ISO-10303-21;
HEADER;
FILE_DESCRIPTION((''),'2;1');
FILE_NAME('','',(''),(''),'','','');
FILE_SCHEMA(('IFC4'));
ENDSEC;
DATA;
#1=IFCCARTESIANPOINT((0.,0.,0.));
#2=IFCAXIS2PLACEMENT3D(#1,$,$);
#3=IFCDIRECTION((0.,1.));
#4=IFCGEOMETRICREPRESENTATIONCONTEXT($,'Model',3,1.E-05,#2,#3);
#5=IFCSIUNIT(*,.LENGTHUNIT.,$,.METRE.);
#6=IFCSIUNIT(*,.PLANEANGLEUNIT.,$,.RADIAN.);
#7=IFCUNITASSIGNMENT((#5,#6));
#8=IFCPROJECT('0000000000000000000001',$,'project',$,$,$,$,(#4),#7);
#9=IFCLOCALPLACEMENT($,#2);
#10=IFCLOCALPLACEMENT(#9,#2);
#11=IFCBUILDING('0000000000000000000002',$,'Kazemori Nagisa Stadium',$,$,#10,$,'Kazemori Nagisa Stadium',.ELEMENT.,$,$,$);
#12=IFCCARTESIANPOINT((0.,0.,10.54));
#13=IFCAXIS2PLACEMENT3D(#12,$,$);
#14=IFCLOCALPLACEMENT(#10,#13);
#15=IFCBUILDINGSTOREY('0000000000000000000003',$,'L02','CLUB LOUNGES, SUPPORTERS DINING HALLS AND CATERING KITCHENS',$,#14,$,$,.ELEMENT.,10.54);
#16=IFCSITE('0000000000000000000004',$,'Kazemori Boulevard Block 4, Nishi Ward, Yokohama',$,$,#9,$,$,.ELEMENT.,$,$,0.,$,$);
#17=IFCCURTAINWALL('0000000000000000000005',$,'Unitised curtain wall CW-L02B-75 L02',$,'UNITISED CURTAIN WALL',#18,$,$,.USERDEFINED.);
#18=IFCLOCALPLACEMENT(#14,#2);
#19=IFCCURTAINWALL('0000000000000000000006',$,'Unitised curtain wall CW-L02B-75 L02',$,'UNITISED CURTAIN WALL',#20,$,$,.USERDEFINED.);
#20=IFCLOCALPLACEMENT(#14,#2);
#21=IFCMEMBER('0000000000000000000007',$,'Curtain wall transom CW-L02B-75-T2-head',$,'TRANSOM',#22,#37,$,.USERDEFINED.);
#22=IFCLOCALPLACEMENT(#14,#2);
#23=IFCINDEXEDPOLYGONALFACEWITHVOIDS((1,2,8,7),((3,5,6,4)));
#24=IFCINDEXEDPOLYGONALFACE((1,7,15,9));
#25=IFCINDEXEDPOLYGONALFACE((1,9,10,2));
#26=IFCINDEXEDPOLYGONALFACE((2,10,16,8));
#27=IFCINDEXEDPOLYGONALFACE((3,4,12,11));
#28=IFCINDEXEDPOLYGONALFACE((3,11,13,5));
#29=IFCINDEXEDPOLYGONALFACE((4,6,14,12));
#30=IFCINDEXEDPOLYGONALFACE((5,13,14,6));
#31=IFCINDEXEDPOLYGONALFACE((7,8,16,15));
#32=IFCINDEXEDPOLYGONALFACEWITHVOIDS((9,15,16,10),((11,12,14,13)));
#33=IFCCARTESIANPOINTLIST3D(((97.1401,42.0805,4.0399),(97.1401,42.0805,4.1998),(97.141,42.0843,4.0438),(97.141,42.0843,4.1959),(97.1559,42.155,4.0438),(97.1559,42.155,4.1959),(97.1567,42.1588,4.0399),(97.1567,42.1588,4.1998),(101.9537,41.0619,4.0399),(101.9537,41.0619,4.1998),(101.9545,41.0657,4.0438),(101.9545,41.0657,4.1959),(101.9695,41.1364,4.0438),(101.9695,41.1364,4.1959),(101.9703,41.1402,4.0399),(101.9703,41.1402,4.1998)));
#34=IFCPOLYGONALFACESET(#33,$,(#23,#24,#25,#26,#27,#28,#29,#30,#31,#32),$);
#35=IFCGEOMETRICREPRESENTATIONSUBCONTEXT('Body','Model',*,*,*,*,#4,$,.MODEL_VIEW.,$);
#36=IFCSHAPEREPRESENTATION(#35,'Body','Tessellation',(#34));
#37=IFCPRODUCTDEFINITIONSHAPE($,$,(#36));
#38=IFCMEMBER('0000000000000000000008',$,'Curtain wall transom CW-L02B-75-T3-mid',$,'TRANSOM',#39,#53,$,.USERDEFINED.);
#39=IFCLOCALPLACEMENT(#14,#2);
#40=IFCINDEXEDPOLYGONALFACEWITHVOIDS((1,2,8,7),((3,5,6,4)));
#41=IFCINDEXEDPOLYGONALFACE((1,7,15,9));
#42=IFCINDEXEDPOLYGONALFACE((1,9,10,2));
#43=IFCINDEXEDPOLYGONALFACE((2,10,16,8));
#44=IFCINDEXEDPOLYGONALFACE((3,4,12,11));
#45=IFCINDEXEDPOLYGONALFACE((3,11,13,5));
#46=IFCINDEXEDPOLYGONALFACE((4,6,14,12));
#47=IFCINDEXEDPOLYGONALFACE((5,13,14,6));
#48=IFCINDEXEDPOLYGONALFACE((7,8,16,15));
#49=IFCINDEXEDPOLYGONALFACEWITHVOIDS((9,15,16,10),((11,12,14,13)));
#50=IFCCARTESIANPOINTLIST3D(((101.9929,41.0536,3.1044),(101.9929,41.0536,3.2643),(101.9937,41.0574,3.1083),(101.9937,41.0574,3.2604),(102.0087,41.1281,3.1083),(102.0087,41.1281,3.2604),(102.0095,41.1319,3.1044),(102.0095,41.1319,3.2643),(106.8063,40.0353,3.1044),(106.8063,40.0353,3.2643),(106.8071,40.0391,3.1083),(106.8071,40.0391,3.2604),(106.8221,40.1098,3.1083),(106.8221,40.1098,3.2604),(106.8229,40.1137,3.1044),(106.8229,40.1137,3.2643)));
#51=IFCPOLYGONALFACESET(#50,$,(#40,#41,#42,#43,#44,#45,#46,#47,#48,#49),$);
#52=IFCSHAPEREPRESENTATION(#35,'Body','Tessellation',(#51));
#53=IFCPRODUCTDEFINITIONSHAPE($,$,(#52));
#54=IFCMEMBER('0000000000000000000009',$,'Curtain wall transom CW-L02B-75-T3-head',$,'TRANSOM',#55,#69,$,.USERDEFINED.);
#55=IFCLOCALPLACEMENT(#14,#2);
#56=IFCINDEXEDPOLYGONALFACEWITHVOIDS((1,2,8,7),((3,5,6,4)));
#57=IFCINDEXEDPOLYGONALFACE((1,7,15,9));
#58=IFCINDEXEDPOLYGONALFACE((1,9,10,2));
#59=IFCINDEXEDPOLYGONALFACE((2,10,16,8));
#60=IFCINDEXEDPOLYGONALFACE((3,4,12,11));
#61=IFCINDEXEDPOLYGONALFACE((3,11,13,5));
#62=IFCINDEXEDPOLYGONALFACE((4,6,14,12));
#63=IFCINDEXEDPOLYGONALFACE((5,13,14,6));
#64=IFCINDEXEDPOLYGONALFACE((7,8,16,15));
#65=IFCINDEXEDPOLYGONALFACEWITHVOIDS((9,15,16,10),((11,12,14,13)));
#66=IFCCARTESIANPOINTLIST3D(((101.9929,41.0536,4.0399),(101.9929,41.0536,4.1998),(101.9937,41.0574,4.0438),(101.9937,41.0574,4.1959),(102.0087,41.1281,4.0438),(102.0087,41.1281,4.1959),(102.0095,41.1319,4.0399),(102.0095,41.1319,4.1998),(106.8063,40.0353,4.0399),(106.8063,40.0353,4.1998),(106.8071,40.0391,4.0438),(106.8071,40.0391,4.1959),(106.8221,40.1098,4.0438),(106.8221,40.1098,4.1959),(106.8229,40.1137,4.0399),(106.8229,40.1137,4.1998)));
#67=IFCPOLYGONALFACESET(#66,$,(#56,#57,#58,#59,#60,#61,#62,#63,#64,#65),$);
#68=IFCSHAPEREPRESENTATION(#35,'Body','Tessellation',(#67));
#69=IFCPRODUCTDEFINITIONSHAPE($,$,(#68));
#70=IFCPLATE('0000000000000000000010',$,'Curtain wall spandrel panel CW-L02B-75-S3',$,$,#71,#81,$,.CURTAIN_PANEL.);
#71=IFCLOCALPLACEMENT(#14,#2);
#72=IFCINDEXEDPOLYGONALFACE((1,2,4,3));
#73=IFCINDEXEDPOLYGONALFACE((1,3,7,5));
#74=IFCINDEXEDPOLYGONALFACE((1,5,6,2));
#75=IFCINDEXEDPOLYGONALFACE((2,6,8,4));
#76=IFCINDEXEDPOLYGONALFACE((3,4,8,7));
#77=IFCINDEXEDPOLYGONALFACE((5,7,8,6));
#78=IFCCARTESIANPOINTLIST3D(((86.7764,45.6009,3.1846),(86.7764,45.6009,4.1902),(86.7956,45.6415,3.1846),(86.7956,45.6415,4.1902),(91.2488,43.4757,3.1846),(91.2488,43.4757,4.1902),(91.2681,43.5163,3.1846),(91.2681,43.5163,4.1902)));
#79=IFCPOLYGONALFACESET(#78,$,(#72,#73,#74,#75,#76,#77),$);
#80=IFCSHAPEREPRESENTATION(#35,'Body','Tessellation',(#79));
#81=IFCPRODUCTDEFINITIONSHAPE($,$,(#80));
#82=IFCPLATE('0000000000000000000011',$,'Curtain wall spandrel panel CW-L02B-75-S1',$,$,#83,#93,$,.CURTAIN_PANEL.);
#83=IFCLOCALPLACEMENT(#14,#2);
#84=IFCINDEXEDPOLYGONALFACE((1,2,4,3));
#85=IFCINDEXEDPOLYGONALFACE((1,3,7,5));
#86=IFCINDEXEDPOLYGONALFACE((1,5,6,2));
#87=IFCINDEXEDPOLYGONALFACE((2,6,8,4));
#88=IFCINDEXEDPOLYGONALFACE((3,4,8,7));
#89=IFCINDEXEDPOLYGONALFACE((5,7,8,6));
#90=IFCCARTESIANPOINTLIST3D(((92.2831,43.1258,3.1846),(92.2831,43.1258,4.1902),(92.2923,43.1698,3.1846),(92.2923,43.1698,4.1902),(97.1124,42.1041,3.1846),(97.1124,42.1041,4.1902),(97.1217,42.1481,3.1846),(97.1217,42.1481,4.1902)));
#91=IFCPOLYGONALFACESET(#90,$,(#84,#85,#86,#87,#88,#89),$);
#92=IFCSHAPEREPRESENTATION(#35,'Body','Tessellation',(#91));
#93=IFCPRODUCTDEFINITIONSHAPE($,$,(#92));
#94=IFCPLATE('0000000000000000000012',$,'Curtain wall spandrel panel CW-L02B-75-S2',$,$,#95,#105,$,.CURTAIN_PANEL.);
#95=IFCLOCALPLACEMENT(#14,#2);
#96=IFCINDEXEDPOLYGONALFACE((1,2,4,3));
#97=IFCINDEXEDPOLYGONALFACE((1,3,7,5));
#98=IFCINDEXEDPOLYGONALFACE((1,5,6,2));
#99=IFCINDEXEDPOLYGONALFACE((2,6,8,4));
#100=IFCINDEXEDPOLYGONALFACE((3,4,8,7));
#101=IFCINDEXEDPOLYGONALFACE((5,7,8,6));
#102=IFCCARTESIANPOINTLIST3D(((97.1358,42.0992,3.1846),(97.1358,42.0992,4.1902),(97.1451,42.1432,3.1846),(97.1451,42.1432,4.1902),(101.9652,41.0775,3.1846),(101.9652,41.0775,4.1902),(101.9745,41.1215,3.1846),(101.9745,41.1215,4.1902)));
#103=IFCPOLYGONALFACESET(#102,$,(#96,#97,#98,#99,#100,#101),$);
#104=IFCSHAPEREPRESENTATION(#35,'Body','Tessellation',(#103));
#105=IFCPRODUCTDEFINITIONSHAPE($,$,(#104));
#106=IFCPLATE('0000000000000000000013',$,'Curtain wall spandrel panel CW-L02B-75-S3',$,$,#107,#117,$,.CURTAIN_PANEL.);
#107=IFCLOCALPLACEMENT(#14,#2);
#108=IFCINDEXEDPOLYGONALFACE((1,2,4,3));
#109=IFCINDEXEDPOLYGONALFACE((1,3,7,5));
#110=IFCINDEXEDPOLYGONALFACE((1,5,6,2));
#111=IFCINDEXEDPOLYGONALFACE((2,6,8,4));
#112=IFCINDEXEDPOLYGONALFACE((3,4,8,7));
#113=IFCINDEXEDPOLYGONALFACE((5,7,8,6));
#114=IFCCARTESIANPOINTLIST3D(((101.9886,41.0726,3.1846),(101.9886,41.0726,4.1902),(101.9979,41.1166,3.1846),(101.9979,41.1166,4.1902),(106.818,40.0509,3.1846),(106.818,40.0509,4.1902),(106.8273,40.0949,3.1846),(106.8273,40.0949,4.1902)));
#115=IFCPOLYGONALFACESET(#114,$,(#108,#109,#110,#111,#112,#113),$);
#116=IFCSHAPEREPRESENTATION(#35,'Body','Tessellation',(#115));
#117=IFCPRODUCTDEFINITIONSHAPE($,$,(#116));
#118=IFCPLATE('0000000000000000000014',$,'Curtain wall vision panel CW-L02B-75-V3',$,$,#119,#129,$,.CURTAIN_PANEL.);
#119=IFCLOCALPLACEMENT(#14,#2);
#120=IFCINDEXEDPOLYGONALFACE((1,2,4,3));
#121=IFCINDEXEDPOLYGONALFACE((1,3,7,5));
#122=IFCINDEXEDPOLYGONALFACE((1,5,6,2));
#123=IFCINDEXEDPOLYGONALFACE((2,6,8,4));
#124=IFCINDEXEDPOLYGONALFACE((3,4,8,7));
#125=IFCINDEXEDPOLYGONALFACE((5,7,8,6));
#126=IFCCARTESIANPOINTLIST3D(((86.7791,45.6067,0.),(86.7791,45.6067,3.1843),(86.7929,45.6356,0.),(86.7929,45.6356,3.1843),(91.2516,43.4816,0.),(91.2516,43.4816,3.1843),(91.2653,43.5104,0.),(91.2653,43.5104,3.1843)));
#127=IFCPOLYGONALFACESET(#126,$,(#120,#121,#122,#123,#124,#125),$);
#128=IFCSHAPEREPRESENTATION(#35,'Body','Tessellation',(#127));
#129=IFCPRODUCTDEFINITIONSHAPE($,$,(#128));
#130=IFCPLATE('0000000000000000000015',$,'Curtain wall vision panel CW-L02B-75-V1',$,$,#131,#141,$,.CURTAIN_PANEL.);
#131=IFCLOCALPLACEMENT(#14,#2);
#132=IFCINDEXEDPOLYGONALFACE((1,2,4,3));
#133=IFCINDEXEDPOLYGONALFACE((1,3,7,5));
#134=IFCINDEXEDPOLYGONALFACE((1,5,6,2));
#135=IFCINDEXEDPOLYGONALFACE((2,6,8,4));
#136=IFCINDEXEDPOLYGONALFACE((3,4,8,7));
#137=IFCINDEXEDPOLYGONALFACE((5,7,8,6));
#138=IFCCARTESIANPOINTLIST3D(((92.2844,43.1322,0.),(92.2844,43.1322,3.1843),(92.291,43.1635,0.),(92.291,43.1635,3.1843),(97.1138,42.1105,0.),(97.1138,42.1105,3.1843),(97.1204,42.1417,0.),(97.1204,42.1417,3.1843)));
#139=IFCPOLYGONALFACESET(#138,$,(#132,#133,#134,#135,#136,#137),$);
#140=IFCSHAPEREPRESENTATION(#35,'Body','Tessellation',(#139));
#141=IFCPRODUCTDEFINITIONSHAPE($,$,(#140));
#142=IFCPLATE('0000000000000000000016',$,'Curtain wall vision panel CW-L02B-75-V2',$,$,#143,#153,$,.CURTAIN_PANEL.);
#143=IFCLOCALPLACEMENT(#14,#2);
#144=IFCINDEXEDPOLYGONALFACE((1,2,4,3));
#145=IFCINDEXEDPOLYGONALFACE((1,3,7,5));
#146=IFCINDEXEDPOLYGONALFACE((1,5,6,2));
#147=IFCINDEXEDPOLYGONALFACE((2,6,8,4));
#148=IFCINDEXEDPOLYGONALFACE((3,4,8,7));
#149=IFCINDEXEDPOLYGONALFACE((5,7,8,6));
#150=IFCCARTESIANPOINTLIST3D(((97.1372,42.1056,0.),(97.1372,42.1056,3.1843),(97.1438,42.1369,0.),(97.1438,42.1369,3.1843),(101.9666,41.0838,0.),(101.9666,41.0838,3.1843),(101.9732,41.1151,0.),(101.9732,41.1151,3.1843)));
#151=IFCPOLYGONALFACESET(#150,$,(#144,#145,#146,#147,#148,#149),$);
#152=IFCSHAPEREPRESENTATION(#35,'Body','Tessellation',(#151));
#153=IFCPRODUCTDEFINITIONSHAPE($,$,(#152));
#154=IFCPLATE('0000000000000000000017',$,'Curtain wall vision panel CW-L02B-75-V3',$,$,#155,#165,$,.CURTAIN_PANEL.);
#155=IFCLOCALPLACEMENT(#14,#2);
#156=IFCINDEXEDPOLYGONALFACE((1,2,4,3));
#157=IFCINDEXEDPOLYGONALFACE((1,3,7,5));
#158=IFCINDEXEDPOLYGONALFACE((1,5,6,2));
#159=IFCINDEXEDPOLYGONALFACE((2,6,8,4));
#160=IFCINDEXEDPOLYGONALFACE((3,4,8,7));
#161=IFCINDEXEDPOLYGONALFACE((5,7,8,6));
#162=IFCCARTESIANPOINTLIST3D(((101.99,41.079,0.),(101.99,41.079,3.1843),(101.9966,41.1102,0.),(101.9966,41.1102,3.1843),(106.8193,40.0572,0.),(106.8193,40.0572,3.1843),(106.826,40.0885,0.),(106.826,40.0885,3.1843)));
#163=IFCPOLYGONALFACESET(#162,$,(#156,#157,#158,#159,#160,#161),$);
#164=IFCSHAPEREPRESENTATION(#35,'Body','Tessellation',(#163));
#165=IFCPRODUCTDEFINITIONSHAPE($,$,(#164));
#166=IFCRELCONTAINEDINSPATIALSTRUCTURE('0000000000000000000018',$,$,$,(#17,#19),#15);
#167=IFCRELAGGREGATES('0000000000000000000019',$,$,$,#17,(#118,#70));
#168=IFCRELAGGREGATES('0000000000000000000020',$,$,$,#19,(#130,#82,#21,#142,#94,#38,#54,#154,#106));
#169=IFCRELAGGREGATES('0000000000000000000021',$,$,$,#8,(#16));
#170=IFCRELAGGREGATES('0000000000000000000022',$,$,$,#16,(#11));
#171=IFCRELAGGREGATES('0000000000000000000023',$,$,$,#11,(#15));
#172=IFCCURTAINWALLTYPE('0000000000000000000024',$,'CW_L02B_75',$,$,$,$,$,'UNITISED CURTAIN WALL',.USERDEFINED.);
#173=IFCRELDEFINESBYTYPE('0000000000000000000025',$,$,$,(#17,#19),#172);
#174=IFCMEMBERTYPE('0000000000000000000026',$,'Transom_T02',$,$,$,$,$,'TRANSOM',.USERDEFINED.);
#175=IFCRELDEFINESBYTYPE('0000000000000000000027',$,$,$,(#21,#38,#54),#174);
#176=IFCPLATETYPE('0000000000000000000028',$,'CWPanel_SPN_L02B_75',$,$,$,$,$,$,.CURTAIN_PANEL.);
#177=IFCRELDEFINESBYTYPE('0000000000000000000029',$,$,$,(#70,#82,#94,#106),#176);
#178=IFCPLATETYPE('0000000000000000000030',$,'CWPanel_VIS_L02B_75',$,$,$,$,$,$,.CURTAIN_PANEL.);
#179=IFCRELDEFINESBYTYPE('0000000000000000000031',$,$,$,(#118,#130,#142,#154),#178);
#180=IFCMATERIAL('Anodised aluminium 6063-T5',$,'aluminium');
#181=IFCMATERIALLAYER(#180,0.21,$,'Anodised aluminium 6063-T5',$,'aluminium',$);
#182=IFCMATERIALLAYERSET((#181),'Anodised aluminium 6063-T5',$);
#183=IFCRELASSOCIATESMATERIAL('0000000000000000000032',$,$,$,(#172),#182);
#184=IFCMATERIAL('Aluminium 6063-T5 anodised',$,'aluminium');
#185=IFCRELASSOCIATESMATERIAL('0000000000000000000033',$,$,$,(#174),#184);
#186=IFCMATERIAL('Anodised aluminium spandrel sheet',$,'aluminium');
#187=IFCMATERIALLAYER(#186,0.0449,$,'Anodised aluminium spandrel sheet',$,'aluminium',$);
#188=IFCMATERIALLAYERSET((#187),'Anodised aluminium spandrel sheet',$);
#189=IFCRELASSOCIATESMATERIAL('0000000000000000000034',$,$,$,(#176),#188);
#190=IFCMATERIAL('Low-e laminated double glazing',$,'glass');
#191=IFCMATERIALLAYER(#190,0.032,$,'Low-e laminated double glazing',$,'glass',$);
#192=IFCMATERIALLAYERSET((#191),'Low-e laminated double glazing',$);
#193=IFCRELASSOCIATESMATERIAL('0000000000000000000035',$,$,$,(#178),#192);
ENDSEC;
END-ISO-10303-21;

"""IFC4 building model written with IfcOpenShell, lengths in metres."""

from ifc_helpers import new_model, si_unit, direction, frame, origin, origin_2d, place, context, subcontext, project, spatial, rectangle, hollow_rectangle, extrude, material, layer, layer_set, material_profile, profile_set, type_object, element, aggregate, save


model = new_model("IFC4")

# Units and contexts
model_context = context("Model", 3, precision=1e-05, world=origin(), true_north=direction((0.0, 1.0)))
body_context = subcontext(model_context, "Body", "Model", "MODEL_VIEW")
ifc_project = project(units=[si_unit("LENGTHUNIT", "METRE"), si_unit("PLANEANGLEUNIT", "RADIAN")], contexts=[model_context])

# Site, building, storey
site_placement = place(None, origin())
site = spatial("IfcSite", under=ifc_project, at=site_placement, Name="Kazemori Boulevard Block 4, Nishi Ward, Yokohama", CompositionType="ELEMENT", RefElevation=0.0)
building_placement = place(site_placement, origin())
building = spatial("IfcBuilding", under=site, at=building_placement, Name="Kazemori Nagisa Stadium", LongName="Kazemori Nagisa Stadium", CompositionType="ELEMENT")
storey_placement = place(building_placement, frame((0.0, 0.0, 10.54)))
storey = spatial("IfcBuildingStorey", under=building, at=storey_placement, Name="L02", Description="CLUB LOUNGES, SUPPORTERS DINING HALLS AND CATERING KITCHENS", CompositionType="ELEMENT", Elevation=10.54)

# Curtain wall
ifc_material_1 = material(Name="Anodised aluminium 6063-T5", Category="aluminium")
ifc_layer_1 = layer(ifc_material_1, 0.21, Name="Anodised aluminium 6063-T5", Category="aluminium")
ifc_layer_set_1 = layer_set([ifc_layer_1], Name="Anodised aluminium 6063-T5")
curtain_wall_type = type_object("IfcCurtainWallType", Name="CW_L02B_75", ElementType="UNITISED CURTAIN WALL", PredefinedType="USERDEFINED", material=ifc_layer_set_1)
curtain_wall_1_placement = place(storey_placement, origin())
curtain_wall_1 = element("IfcCurtainWall", 1, at=curtain_wall_1_placement, inside=storey, type_object=curtain_wall_type, Name="Unitised curtain wall CW-L02B-75 L02", ObjectType="UNITISED CURTAIN WALL", PredefinedType="USERDEFINED")
ifc_material_2 = material(Name="Aluminium 6063-T5 anodised", Category="aluminium")

# Curtain wall
curtain_wall_2_placement = place(storey_placement, origin())
curtain_wall_2 = element("IfcCurtainWall", 2, at=curtain_wall_2_placement, inside=storey, type_object=curtain_wall_type, Name="Unitised curtain wall CW-L02B-75 L02", ObjectType="UNITISED CURTAIN WALL", PredefinedType="USERDEFINED")

# Members
ifc_material_profile_1 = material_profile(ifc_material_2, hollow_rectangle(XDim=0.0801, YDim=0.1599, WallThickness=0.0039, at=origin_2d()), Name="ALU-TRAN-80x160x4")
ifc_profile_set_1 = profile_set([ifc_material_profile_1], Name="Aluminium 6063-T5 anodised")
member_type_1 = type_object("IfcMemberType", Name="Transom_T02", ElementType="TRANSOM", PredefinedType="USERDEFINED", material=ifc_profile_set_1)
member_1_placement = place(storey_placement, frame((97.1484, 42.1196, 4.1199), z_axis=(0.978337, -0.207021, 0.0), x_axis=(0.207021, 0.978337, 0.0)))
member_1 = element("IfcMember", 3, at=member_1_placement, type_object=member_type_1, Name="Curtain wall transom CW-L02B-75-T2-head", ObjectType="TRANSOM", PredefinedType="USERDEFINED", context=body_context, shape_type="SweptSolid", body=[
    extrude(hollow_rectangle(XDim=0.0801, YDim=0.1599, WallThickness=0.0039, at=origin_2d()), origin(), (0.0, 0.0, 1.0), 4.9202),
])
member_2_placement = place(storey_placement, frame((102.0012, 41.0928, 3.1843), z_axis=(0.978347, -0.206973, 0.0), x_axis=(0.206973, 0.978347, 0.0)))
member_2 = element("IfcMember", 4, at=member_2_placement, type_object=member_type_1, Name="Curtain wall transom CW-L02B-75-T3-mid", ObjectType="TRANSOM", PredefinedType="USERDEFINED", context=body_context, shape_type="SweptSolid", body=[
    extrude(hollow_rectangle(XDim=0.0801, YDim=0.1599, WallThickness=0.0039, at=origin_2d()), origin(), (0.0, 0.0, 1.0), 4.9199),
])
member_3_placement = place(storey_placement, frame((102.0012, 41.0928, 4.1199), z_axis=(0.978347, -0.206973, 0.0), x_axis=(0.206973, 0.978347, 0.0)))
member_3 = element("IfcMember", 5, at=member_3_placement, type_object=member_type_1, Name="Curtain wall transom CW-L02B-75-T3-head", ObjectType="TRANSOM", PredefinedType="USERDEFINED", context=body_context, shape_type="SweptSolid", body=[
    extrude(hollow_rectangle(XDim=0.0801, YDim=0.1599, WallThickness=0.0039, at=origin_2d()), origin(), (0.0, 0.0, 1.0), 4.9199),
])

# Plates
ifc_material_3 = material(Name="Anodised aluminium spandrel sheet", Category="aluminium")
ifc_layer_2 = layer(ifc_material_3, 0.0449, Name="Anodised aluminium spandrel sheet", Category="aluminium")
ifc_layer_set_2 = layer_set([ifc_layer_2], Name="Anodised aluminium spandrel sheet")
plate_type_1 = type_object("IfcPlateType", Name="CWPanel_SPN_L02B_75", PredefinedType="CURTAIN_PANEL", material=ifc_layer_set_2)
plate_1_placement = place(storey_placement, frame((89.0222, 44.5586, 3.1846), z_axis=(0.0, 0.0, 1.0), x_axis=(0.903216, -0.429186, 0.0)))
plate_1 = element("IfcPlate", 6, at=plate_1_placement, type_object=plate_type_1, Name="Curtain wall spandrel panel CW-L02B-75-S3", PredefinedType="CURTAIN_PANEL", context=body_context, shape_type="SweptSolid", body=[
    extrude(rectangle(XDim=4.9517, YDim=0.0449, at=origin_2d()), origin(), (0.0, 0.0, 1.0), 1.0056),
])
plate_2_placement = place(storey_placement, frame((94.7024, 42.637, 3.1846), z_axis=(0.0, 0.0, 1.0), x_axis=(0.978345, -0.206981, 0.0)))
plate_2 = element("IfcPlate", 7, at=plate_2_placement, type_object=plate_type_1, Name="Curtain wall spandrel panel CW-L02B-75-S1", PredefinedType="CURTAIN_PANEL", context=body_context, shape_type="SweptSolid", body=[
    extrude(rectangle(XDim=4.9363, YDim=0.0449, at=origin_2d()), origin(), (0.0, 0.0, 1.0), 1.0056),
])
plate_3_placement = place(storey_placement, frame((99.5552, 41.6104, 3.1846), z_axis=(0.0, 0.0, 1.0), x_axis=(0.978345, -0.206981, 0.0)))
plate_3 = element("IfcPlate", 8, at=plate_3_placement, type_object=plate_type_1, Name="Curtain wall spandrel panel CW-L02B-75-S2", PredefinedType="CURTAIN_PANEL", context=body_context, shape_type="SweptSolid", body=[
    extrude(rectangle(XDim=4.9363, YDim=0.0449, at=origin_2d()), origin(), (0.0, 0.0, 1.0), 1.0056),
])
plate_4_placement = place(storey_placement, frame((104.408, 40.5837, 3.1846), z_axis=(0.0, 0.0, 1.0), x_axis=(0.978345, -0.206981, 0.0)))
plate_4 = element("IfcPlate", 9, at=plate_4_placement, type_object=plate_type_1, Name="Curtain wall spandrel panel CW-L02B-75-S3", PredefinedType="CURTAIN_PANEL", context=body_context, shape_type="SweptSolid", body=[
    extrude(rectangle(XDim=4.9363, YDim=0.0449, at=origin_2d()), origin(), (0.0, 0.0, 1.0), 1.0056),
])
ifc_material_4 = material(Name="Low-e laminated double glazing", Category="glass")
ifc_layer_3 = layer(ifc_material_4, 0.032, Name="Low-e laminated double glazing", Category="glass")
ifc_layer_set_3 = layer_set([ifc_layer_3], Name="Low-e laminated double glazing")
plate_type_2 = type_object("IfcPlateType", Name="CWPanel_VIS_L02B_75", PredefinedType="CURTAIN_PANEL", material=ifc_layer_set_3)
plate_5_placement = place(storey_placement, frame((89.0222, 44.5586, 0.0), z_axis=(0.0, 0.0, 1.0), x_axis=(0.903216, -0.429186, 0.0)))
plate_5 = element("IfcPlate", 10, at=plate_5_placement, type_object=plate_type_2, Name="Curtain wall vision panel CW-L02B-75-V3", PredefinedType="CURTAIN_PANEL", context=body_context, shape_type="SweptSolid", body=[
    extrude(rectangle(XDim=4.9517, YDim=0.032, at=origin_2d()), origin(), (0.0, 0.0, 1.0), 3.1843),
])
aggregate(curtain_wall_1, [plate_5, plate_1])
plate_6_placement = place(storey_placement, frame((94.7024, 42.637, 0.0), z_axis=(0.0, 0.0, 1.0), x_axis=(0.978345, -0.206981, 0.0)))
plate_6 = element("IfcPlate", 11, at=plate_6_placement, type_object=plate_type_2, Name="Curtain wall vision panel CW-L02B-75-V1", PredefinedType="CURTAIN_PANEL", context=body_context, shape_type="SweptSolid", body=[
    extrude(rectangle(XDim=4.9363, YDim=0.032, at=origin_2d()), origin(), (0.0, 0.0, 1.0), 3.1843),
])
plate_7_placement = place(storey_placement, frame((99.5552, 41.6104, 0.0), z_axis=(0.0, 0.0, 1.0), x_axis=(0.978345, -0.206981, 0.0)))
plate_7 = element("IfcPlate", 12, at=plate_7_placement, type_object=plate_type_2, Name="Curtain wall vision panel CW-L02B-75-V2", PredefinedType="CURTAIN_PANEL", context=body_context, shape_type="SweptSolid", body=[
    extrude(rectangle(XDim=4.9363, YDim=0.032, at=origin_2d()), origin(), (0.0, 0.0, 1.0), 3.1843),
])
plate_8_placement = place(storey_placement, frame((104.408, 40.5837, 0.0), z_axis=(0.0, 0.0, 1.0), x_axis=(0.978345, -0.206981, 0.0)))
plate_8 = element("IfcPlate", 13, at=plate_8_placement, type_object=plate_type_2, Name="Curtain wall vision panel CW-L02B-75-V3", PredefinedType="CURTAIN_PANEL", context=body_context, shape_type="SweptSolid", body=[
    extrude(rectangle(XDim=4.9363, YDim=0.032, at=origin_2d()), origin(), (0.0, 0.0, 1.0), 3.1843),
])
aggregate(curtain_wall_2, [plate_6, plate_2, member_1, plate_7, plate_3, member_2, member_3, plate_8, plate_4])

save(model, "model.ifc")
